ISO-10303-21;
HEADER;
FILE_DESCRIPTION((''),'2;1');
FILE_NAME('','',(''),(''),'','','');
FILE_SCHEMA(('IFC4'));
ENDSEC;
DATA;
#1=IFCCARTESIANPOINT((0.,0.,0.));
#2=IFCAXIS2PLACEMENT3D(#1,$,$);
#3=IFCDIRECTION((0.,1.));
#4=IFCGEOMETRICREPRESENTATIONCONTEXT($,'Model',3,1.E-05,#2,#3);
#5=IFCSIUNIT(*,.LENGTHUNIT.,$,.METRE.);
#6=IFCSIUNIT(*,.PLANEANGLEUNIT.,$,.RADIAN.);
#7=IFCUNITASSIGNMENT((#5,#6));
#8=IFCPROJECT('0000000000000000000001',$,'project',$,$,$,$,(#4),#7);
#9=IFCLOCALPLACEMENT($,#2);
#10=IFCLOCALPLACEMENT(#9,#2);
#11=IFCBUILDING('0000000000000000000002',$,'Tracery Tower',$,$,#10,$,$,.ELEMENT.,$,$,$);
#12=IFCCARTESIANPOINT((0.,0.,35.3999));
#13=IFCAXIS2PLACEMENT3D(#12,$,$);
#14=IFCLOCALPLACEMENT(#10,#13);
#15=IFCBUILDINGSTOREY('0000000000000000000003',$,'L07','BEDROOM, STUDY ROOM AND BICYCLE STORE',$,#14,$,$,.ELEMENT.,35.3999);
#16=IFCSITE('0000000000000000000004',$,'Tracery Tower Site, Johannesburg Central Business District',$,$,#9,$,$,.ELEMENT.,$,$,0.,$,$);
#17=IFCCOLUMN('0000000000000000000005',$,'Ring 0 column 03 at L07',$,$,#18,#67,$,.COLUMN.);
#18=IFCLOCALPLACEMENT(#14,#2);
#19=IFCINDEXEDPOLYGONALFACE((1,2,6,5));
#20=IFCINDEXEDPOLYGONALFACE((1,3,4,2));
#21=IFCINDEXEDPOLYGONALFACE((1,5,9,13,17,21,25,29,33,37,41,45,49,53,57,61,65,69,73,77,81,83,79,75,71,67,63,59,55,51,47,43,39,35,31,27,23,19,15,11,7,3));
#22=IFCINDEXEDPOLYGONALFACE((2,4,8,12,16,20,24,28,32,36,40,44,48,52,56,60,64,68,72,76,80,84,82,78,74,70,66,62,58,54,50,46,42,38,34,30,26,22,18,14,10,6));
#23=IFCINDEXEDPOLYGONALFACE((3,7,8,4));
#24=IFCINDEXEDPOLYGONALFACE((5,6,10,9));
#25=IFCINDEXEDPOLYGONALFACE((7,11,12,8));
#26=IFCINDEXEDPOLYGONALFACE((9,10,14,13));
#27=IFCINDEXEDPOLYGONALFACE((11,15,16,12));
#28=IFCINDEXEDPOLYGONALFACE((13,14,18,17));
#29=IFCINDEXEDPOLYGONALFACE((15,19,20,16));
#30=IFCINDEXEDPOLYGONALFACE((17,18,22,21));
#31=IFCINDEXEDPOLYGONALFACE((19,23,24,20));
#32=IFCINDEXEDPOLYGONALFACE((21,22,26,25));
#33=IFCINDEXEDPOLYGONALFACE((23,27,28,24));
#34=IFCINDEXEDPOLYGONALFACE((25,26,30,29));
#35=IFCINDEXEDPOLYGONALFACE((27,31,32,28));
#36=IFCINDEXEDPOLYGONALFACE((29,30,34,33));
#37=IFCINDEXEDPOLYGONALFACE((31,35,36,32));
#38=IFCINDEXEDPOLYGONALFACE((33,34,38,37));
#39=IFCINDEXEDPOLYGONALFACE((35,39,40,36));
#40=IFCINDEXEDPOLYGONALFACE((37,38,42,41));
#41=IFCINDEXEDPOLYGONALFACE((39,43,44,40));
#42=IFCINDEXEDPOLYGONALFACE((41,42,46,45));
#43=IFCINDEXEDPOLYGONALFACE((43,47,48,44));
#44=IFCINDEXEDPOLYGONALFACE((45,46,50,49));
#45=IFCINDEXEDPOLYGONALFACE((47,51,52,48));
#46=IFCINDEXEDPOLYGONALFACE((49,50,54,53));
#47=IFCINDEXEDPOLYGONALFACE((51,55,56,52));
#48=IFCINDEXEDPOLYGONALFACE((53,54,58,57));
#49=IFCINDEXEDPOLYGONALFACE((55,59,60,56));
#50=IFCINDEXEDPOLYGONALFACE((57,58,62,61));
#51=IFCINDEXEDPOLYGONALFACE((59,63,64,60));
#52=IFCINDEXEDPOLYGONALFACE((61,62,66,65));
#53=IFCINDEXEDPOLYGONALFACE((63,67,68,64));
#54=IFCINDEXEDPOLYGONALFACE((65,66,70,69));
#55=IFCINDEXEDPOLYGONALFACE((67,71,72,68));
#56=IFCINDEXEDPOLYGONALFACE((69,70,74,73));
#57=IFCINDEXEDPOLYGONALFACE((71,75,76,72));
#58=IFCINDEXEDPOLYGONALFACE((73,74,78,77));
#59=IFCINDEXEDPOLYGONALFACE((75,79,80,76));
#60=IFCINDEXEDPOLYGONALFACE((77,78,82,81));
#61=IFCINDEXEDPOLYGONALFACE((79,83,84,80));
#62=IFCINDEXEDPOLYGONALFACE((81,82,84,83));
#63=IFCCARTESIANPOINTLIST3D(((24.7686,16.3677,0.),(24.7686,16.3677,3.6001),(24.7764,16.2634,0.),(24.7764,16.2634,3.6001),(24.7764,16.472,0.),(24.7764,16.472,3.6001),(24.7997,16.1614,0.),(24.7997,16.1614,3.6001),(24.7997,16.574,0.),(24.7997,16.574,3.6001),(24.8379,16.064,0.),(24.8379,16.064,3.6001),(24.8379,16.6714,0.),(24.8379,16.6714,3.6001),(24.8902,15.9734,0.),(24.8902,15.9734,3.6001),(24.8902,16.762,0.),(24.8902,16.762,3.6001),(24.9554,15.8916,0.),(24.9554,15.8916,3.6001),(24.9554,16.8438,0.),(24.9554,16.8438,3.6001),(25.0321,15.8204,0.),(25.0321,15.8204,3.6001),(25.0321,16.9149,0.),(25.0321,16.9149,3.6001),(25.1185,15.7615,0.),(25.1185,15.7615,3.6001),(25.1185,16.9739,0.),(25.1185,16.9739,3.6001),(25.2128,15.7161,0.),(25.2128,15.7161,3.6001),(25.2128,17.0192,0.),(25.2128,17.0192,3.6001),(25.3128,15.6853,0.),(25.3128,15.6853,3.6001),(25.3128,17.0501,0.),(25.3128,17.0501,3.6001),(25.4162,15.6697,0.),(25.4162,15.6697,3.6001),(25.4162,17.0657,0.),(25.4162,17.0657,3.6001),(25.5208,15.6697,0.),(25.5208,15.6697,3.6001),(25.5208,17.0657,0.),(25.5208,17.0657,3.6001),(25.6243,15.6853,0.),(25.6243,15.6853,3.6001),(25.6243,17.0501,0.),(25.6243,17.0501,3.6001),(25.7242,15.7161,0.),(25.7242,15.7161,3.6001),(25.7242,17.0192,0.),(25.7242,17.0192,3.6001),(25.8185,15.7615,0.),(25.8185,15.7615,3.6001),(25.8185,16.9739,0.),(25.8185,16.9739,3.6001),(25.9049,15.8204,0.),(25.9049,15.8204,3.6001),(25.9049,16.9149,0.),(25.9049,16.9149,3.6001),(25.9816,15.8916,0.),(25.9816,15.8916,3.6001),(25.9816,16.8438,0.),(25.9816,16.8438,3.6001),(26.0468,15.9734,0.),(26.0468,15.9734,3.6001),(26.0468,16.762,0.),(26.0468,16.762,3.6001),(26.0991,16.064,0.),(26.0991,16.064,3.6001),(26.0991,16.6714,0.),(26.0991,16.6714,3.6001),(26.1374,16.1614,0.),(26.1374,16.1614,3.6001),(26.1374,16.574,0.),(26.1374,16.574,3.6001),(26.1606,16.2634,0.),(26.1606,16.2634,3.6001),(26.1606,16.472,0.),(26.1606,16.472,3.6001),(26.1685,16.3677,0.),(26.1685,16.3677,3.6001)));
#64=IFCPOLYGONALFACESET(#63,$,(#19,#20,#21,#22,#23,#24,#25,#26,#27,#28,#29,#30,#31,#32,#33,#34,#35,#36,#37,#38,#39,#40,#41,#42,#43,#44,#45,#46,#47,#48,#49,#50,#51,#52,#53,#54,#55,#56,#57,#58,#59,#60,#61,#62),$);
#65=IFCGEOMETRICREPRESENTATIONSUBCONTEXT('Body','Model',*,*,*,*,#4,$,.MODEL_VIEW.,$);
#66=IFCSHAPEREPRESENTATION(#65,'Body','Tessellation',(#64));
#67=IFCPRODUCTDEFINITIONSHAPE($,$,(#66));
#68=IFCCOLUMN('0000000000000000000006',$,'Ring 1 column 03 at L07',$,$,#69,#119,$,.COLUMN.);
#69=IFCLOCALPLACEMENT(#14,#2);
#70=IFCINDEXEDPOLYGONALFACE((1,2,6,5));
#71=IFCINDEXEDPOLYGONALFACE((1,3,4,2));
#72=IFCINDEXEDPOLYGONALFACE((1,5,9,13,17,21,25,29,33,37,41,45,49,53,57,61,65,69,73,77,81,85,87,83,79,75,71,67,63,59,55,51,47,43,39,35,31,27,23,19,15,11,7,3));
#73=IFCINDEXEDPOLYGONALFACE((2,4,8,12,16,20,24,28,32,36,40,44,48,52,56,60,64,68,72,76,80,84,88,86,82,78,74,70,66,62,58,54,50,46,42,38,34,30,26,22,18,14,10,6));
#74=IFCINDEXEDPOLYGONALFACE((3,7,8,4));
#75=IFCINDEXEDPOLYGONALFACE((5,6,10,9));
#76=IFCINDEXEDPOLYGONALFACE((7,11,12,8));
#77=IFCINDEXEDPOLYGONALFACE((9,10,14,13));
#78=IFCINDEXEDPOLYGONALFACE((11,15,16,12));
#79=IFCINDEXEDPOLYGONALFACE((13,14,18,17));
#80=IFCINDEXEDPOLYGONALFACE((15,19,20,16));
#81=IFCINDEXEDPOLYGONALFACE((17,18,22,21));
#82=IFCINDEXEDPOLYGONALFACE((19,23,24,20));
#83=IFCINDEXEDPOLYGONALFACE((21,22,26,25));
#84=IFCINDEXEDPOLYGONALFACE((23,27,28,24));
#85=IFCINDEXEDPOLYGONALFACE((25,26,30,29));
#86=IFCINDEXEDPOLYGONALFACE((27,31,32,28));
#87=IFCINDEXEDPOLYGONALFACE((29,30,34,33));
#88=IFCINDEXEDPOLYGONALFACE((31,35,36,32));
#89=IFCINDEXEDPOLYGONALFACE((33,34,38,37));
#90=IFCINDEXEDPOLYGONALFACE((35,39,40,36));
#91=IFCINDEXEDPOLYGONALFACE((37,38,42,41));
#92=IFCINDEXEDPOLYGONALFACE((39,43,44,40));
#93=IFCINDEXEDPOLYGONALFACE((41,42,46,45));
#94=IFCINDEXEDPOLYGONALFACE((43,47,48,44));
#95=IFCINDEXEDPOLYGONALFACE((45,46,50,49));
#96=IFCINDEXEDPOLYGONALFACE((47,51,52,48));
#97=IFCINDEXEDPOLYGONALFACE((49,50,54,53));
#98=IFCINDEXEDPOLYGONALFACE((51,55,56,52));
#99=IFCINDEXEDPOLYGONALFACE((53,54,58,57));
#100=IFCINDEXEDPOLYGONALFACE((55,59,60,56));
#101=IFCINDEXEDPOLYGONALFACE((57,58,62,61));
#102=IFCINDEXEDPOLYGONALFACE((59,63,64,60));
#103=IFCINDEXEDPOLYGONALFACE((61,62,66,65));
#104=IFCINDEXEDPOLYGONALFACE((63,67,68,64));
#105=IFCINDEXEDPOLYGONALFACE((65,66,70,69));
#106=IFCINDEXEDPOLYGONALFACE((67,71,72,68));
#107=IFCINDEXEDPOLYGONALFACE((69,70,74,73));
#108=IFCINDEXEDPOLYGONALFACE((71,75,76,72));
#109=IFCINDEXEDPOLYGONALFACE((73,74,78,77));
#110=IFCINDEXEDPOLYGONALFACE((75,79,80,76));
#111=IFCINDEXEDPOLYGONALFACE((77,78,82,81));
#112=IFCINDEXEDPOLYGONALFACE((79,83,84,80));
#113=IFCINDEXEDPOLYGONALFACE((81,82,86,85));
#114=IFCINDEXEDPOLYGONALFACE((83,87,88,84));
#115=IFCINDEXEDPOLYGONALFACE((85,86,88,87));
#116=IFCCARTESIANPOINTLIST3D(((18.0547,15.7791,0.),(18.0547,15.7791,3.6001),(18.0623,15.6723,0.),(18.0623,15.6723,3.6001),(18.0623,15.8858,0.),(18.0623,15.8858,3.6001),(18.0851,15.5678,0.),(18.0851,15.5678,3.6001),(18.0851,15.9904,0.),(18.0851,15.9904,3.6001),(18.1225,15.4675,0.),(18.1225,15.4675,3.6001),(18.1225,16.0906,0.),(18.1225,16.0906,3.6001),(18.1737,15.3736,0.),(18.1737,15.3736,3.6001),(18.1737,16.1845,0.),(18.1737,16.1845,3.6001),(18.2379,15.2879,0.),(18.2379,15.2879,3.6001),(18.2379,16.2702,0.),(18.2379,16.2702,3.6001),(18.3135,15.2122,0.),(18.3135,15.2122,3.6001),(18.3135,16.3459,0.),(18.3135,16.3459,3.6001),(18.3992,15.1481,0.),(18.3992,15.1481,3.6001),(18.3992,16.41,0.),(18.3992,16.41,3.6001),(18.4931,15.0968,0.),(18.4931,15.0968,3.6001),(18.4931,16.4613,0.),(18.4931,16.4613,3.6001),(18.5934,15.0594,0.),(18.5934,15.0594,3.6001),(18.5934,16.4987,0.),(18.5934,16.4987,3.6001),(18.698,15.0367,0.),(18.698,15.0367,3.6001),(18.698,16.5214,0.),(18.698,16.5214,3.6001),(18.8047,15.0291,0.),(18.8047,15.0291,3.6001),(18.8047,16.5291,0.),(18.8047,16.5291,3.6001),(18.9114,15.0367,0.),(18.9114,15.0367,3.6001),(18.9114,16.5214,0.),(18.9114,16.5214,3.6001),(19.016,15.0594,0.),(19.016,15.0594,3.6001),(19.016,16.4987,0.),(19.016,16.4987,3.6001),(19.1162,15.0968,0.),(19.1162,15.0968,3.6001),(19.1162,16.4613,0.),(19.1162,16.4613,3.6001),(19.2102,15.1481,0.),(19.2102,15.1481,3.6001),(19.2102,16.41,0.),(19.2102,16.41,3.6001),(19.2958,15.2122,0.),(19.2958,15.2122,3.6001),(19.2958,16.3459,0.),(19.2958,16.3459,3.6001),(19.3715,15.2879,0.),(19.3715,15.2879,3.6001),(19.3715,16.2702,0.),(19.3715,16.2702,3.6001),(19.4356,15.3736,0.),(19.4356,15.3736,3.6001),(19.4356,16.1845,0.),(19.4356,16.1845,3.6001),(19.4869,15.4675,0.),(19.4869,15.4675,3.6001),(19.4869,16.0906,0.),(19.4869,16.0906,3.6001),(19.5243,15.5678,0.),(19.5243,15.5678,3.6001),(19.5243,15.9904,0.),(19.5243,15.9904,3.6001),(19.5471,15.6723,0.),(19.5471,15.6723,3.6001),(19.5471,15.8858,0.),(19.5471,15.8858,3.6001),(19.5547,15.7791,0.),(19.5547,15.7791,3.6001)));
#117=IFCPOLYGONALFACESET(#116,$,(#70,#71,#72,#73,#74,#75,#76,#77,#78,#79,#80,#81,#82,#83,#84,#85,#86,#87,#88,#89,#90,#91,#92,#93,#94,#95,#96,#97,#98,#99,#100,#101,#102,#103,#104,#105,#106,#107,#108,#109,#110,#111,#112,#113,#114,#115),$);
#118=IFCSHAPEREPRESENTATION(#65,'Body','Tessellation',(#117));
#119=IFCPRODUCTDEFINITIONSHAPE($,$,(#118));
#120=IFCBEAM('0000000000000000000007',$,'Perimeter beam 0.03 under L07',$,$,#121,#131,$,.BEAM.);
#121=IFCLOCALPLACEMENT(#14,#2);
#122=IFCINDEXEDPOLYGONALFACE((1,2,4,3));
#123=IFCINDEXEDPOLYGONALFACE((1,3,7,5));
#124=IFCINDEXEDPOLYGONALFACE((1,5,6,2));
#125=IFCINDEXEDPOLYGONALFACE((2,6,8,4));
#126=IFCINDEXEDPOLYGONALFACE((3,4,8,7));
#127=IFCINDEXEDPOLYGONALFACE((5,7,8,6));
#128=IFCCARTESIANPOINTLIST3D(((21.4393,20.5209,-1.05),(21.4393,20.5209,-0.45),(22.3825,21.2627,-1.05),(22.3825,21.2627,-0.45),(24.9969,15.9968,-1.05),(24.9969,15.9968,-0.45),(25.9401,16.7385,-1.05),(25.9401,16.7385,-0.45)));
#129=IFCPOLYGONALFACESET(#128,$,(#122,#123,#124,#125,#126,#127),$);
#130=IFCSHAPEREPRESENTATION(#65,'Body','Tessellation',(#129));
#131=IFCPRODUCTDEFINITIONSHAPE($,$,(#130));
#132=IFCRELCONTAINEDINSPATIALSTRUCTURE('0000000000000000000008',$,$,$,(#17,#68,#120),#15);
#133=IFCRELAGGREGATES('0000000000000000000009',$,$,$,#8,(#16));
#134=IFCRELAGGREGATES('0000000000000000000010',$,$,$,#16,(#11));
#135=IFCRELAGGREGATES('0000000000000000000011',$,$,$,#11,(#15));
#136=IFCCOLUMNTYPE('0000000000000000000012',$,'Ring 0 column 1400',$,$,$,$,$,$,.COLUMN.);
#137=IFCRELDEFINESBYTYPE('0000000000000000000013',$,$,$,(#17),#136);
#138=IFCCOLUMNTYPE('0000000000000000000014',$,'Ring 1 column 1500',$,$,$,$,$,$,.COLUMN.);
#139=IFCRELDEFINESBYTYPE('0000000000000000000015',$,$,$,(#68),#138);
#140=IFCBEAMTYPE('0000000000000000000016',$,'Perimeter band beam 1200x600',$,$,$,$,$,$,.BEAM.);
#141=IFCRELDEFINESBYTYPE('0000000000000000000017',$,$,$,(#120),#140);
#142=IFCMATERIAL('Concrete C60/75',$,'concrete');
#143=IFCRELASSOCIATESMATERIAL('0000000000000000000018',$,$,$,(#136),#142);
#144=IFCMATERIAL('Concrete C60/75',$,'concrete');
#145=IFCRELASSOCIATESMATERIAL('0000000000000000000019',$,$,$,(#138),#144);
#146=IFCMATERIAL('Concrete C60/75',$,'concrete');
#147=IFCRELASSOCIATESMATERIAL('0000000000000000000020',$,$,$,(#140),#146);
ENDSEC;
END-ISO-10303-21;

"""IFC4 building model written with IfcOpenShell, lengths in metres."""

from ifc_helpers import new_model, si_unit, direction, frame, origin, origin_2d, place, context, subcontext, project, spatial, rectangle, circle, extrude, material, material_profile, profile_set, type_object, element, save


model = new_model("IFC4")

# Units and contexts
model_context = context("Model", 3, precision=1e-05, world=origin(), true_north=direction((0.0, 1.0)))
body_context = subcontext(model_context, "Body", "Model", "MODEL_VIEW")
ifc_project = project(units=[si_unit("LENGTHUNIT", "METRE"), si_unit("PLANEANGLEUNIT", "RADIAN")], contexts=[model_context])

# Site, building, storey
site_placement = place(None, origin())
site = spatial("IfcSite", under=ifc_project, at=site_placement, Name="Tracery Tower Site, Johannesburg Central Business District", CompositionType="ELEMENT", RefElevation=0.0)
building_placement = place(site_placement, origin())
building = spatial("IfcBuilding", under=site, at=building_placement, Name="Tracery Tower", CompositionType="ELEMENT")
storey_placement = place(building_placement, frame((0.0, 0.0, 35.3999)))
storey = spatial("IfcBuildingStorey", under=building, at=storey_placement, Name="L07", Description="BEDROOM, STUDY ROOM AND BICYCLE STORE", CompositionType="ELEMENT", Elevation=35.3999)

# Columns
ifc_material_1 = material(Name="Concrete C60/75", Category="concrete")
ifc_material_profile_1 = material_profile(ifc_material_1, circle(Radius=0.7, at=origin_2d()), Name="RC D1400")
ifc_profile_set_1 = profile_set([ifc_material_profile_1], Name="Concrete C60/75")
column_type_1 = type_object("IfcColumnType", Name="Ring 0 column 1400", PredefinedType="COLUMN", material=ifc_profile_set_1)
column_1_placement = place(storey_placement, frame((25.4685, 16.3677, 0.0), z_axis=(0.0, 0.0, 1.0), x_axis=(1.0, 0.0, 0.0)))
element("IfcColumn", 1, at=column_1_placement, inside=storey, type_object=column_type_1, Name="Ring 0 column 03 at L07", PredefinedType="COLUMN", context=body_context, shape_type="SweptSolid", body=[
    extrude(circle(Radius=0.7, at=origin_2d()), origin(), (0.0, 0.0, 1.0), 3.6001),
])
ifc_material_2 = material(Name="Concrete C60/75", Category="concrete")
ifc_material_profile_2 = material_profile(ifc_material_2, circle(Radius=0.75, at=origin_2d()), Name="RC D1500")
ifc_profile_set_2 = profile_set([ifc_material_profile_2], Name="Concrete C60/75")
column_type_2 = type_object("IfcColumnType", Name="Ring 1 column 1500", PredefinedType="COLUMN", material=ifc_profile_set_2)
column_2_placement = place(storey_placement, frame((18.8047, 15.7791, 0.0), z_axis=(0.0, 0.0, 1.0), x_axis=(1.0, 0.0, 0.0)))
element("IfcColumn", 2, at=column_2_placement, inside=storey, type_object=column_type_2, Name="Ring 1 column 03 at L07", PredefinedType="COLUMN", context=body_context, shape_type="SweptSolid", body=[
    extrude(circle(Radius=0.75, at=origin_2d()), origin(), (0.0, 0.0, 1.0), 3.6001),
])

# Beam
ifc_material_3 = material(Name="Concrete C60/75", Category="concrete")
ifc_material_profile_3 = material_profile(ifc_material_3, rectangle(XDim=1.2, YDim=0.6001, at=origin_2d()), Name="RC 1200x600")
ifc_profile_set_3 = profile_set([ifc_material_profile_3], Name="Concrete C60/75")
beam_type = type_object("IfcBeamType", Name="Perimeter band beam 1200x600", PredefinedType="BEAM", material=ifc_profile_set_3)
beam_placement = place(storey_placement, frame((25.4685, 16.3677, -0.75), z_axis=(-0.618134, 0.786072, 0.0), x_axis=(-0.786072, -0.618134, 0.0)))
element("IfcBeam", 3, at=beam_placement, inside=storey, type_object=beam_type, Name="Perimeter beam 0.03 under L07", PredefinedType="BEAM", context=body_context, shape_type="SweptSolid", body=[
    extrude(rectangle(XDim=1.2, YDim=0.6001, at=origin_2d()), origin(), (0.0, 0.0, 1.0), 5.7554),
])

save(model, "model.ifc")
